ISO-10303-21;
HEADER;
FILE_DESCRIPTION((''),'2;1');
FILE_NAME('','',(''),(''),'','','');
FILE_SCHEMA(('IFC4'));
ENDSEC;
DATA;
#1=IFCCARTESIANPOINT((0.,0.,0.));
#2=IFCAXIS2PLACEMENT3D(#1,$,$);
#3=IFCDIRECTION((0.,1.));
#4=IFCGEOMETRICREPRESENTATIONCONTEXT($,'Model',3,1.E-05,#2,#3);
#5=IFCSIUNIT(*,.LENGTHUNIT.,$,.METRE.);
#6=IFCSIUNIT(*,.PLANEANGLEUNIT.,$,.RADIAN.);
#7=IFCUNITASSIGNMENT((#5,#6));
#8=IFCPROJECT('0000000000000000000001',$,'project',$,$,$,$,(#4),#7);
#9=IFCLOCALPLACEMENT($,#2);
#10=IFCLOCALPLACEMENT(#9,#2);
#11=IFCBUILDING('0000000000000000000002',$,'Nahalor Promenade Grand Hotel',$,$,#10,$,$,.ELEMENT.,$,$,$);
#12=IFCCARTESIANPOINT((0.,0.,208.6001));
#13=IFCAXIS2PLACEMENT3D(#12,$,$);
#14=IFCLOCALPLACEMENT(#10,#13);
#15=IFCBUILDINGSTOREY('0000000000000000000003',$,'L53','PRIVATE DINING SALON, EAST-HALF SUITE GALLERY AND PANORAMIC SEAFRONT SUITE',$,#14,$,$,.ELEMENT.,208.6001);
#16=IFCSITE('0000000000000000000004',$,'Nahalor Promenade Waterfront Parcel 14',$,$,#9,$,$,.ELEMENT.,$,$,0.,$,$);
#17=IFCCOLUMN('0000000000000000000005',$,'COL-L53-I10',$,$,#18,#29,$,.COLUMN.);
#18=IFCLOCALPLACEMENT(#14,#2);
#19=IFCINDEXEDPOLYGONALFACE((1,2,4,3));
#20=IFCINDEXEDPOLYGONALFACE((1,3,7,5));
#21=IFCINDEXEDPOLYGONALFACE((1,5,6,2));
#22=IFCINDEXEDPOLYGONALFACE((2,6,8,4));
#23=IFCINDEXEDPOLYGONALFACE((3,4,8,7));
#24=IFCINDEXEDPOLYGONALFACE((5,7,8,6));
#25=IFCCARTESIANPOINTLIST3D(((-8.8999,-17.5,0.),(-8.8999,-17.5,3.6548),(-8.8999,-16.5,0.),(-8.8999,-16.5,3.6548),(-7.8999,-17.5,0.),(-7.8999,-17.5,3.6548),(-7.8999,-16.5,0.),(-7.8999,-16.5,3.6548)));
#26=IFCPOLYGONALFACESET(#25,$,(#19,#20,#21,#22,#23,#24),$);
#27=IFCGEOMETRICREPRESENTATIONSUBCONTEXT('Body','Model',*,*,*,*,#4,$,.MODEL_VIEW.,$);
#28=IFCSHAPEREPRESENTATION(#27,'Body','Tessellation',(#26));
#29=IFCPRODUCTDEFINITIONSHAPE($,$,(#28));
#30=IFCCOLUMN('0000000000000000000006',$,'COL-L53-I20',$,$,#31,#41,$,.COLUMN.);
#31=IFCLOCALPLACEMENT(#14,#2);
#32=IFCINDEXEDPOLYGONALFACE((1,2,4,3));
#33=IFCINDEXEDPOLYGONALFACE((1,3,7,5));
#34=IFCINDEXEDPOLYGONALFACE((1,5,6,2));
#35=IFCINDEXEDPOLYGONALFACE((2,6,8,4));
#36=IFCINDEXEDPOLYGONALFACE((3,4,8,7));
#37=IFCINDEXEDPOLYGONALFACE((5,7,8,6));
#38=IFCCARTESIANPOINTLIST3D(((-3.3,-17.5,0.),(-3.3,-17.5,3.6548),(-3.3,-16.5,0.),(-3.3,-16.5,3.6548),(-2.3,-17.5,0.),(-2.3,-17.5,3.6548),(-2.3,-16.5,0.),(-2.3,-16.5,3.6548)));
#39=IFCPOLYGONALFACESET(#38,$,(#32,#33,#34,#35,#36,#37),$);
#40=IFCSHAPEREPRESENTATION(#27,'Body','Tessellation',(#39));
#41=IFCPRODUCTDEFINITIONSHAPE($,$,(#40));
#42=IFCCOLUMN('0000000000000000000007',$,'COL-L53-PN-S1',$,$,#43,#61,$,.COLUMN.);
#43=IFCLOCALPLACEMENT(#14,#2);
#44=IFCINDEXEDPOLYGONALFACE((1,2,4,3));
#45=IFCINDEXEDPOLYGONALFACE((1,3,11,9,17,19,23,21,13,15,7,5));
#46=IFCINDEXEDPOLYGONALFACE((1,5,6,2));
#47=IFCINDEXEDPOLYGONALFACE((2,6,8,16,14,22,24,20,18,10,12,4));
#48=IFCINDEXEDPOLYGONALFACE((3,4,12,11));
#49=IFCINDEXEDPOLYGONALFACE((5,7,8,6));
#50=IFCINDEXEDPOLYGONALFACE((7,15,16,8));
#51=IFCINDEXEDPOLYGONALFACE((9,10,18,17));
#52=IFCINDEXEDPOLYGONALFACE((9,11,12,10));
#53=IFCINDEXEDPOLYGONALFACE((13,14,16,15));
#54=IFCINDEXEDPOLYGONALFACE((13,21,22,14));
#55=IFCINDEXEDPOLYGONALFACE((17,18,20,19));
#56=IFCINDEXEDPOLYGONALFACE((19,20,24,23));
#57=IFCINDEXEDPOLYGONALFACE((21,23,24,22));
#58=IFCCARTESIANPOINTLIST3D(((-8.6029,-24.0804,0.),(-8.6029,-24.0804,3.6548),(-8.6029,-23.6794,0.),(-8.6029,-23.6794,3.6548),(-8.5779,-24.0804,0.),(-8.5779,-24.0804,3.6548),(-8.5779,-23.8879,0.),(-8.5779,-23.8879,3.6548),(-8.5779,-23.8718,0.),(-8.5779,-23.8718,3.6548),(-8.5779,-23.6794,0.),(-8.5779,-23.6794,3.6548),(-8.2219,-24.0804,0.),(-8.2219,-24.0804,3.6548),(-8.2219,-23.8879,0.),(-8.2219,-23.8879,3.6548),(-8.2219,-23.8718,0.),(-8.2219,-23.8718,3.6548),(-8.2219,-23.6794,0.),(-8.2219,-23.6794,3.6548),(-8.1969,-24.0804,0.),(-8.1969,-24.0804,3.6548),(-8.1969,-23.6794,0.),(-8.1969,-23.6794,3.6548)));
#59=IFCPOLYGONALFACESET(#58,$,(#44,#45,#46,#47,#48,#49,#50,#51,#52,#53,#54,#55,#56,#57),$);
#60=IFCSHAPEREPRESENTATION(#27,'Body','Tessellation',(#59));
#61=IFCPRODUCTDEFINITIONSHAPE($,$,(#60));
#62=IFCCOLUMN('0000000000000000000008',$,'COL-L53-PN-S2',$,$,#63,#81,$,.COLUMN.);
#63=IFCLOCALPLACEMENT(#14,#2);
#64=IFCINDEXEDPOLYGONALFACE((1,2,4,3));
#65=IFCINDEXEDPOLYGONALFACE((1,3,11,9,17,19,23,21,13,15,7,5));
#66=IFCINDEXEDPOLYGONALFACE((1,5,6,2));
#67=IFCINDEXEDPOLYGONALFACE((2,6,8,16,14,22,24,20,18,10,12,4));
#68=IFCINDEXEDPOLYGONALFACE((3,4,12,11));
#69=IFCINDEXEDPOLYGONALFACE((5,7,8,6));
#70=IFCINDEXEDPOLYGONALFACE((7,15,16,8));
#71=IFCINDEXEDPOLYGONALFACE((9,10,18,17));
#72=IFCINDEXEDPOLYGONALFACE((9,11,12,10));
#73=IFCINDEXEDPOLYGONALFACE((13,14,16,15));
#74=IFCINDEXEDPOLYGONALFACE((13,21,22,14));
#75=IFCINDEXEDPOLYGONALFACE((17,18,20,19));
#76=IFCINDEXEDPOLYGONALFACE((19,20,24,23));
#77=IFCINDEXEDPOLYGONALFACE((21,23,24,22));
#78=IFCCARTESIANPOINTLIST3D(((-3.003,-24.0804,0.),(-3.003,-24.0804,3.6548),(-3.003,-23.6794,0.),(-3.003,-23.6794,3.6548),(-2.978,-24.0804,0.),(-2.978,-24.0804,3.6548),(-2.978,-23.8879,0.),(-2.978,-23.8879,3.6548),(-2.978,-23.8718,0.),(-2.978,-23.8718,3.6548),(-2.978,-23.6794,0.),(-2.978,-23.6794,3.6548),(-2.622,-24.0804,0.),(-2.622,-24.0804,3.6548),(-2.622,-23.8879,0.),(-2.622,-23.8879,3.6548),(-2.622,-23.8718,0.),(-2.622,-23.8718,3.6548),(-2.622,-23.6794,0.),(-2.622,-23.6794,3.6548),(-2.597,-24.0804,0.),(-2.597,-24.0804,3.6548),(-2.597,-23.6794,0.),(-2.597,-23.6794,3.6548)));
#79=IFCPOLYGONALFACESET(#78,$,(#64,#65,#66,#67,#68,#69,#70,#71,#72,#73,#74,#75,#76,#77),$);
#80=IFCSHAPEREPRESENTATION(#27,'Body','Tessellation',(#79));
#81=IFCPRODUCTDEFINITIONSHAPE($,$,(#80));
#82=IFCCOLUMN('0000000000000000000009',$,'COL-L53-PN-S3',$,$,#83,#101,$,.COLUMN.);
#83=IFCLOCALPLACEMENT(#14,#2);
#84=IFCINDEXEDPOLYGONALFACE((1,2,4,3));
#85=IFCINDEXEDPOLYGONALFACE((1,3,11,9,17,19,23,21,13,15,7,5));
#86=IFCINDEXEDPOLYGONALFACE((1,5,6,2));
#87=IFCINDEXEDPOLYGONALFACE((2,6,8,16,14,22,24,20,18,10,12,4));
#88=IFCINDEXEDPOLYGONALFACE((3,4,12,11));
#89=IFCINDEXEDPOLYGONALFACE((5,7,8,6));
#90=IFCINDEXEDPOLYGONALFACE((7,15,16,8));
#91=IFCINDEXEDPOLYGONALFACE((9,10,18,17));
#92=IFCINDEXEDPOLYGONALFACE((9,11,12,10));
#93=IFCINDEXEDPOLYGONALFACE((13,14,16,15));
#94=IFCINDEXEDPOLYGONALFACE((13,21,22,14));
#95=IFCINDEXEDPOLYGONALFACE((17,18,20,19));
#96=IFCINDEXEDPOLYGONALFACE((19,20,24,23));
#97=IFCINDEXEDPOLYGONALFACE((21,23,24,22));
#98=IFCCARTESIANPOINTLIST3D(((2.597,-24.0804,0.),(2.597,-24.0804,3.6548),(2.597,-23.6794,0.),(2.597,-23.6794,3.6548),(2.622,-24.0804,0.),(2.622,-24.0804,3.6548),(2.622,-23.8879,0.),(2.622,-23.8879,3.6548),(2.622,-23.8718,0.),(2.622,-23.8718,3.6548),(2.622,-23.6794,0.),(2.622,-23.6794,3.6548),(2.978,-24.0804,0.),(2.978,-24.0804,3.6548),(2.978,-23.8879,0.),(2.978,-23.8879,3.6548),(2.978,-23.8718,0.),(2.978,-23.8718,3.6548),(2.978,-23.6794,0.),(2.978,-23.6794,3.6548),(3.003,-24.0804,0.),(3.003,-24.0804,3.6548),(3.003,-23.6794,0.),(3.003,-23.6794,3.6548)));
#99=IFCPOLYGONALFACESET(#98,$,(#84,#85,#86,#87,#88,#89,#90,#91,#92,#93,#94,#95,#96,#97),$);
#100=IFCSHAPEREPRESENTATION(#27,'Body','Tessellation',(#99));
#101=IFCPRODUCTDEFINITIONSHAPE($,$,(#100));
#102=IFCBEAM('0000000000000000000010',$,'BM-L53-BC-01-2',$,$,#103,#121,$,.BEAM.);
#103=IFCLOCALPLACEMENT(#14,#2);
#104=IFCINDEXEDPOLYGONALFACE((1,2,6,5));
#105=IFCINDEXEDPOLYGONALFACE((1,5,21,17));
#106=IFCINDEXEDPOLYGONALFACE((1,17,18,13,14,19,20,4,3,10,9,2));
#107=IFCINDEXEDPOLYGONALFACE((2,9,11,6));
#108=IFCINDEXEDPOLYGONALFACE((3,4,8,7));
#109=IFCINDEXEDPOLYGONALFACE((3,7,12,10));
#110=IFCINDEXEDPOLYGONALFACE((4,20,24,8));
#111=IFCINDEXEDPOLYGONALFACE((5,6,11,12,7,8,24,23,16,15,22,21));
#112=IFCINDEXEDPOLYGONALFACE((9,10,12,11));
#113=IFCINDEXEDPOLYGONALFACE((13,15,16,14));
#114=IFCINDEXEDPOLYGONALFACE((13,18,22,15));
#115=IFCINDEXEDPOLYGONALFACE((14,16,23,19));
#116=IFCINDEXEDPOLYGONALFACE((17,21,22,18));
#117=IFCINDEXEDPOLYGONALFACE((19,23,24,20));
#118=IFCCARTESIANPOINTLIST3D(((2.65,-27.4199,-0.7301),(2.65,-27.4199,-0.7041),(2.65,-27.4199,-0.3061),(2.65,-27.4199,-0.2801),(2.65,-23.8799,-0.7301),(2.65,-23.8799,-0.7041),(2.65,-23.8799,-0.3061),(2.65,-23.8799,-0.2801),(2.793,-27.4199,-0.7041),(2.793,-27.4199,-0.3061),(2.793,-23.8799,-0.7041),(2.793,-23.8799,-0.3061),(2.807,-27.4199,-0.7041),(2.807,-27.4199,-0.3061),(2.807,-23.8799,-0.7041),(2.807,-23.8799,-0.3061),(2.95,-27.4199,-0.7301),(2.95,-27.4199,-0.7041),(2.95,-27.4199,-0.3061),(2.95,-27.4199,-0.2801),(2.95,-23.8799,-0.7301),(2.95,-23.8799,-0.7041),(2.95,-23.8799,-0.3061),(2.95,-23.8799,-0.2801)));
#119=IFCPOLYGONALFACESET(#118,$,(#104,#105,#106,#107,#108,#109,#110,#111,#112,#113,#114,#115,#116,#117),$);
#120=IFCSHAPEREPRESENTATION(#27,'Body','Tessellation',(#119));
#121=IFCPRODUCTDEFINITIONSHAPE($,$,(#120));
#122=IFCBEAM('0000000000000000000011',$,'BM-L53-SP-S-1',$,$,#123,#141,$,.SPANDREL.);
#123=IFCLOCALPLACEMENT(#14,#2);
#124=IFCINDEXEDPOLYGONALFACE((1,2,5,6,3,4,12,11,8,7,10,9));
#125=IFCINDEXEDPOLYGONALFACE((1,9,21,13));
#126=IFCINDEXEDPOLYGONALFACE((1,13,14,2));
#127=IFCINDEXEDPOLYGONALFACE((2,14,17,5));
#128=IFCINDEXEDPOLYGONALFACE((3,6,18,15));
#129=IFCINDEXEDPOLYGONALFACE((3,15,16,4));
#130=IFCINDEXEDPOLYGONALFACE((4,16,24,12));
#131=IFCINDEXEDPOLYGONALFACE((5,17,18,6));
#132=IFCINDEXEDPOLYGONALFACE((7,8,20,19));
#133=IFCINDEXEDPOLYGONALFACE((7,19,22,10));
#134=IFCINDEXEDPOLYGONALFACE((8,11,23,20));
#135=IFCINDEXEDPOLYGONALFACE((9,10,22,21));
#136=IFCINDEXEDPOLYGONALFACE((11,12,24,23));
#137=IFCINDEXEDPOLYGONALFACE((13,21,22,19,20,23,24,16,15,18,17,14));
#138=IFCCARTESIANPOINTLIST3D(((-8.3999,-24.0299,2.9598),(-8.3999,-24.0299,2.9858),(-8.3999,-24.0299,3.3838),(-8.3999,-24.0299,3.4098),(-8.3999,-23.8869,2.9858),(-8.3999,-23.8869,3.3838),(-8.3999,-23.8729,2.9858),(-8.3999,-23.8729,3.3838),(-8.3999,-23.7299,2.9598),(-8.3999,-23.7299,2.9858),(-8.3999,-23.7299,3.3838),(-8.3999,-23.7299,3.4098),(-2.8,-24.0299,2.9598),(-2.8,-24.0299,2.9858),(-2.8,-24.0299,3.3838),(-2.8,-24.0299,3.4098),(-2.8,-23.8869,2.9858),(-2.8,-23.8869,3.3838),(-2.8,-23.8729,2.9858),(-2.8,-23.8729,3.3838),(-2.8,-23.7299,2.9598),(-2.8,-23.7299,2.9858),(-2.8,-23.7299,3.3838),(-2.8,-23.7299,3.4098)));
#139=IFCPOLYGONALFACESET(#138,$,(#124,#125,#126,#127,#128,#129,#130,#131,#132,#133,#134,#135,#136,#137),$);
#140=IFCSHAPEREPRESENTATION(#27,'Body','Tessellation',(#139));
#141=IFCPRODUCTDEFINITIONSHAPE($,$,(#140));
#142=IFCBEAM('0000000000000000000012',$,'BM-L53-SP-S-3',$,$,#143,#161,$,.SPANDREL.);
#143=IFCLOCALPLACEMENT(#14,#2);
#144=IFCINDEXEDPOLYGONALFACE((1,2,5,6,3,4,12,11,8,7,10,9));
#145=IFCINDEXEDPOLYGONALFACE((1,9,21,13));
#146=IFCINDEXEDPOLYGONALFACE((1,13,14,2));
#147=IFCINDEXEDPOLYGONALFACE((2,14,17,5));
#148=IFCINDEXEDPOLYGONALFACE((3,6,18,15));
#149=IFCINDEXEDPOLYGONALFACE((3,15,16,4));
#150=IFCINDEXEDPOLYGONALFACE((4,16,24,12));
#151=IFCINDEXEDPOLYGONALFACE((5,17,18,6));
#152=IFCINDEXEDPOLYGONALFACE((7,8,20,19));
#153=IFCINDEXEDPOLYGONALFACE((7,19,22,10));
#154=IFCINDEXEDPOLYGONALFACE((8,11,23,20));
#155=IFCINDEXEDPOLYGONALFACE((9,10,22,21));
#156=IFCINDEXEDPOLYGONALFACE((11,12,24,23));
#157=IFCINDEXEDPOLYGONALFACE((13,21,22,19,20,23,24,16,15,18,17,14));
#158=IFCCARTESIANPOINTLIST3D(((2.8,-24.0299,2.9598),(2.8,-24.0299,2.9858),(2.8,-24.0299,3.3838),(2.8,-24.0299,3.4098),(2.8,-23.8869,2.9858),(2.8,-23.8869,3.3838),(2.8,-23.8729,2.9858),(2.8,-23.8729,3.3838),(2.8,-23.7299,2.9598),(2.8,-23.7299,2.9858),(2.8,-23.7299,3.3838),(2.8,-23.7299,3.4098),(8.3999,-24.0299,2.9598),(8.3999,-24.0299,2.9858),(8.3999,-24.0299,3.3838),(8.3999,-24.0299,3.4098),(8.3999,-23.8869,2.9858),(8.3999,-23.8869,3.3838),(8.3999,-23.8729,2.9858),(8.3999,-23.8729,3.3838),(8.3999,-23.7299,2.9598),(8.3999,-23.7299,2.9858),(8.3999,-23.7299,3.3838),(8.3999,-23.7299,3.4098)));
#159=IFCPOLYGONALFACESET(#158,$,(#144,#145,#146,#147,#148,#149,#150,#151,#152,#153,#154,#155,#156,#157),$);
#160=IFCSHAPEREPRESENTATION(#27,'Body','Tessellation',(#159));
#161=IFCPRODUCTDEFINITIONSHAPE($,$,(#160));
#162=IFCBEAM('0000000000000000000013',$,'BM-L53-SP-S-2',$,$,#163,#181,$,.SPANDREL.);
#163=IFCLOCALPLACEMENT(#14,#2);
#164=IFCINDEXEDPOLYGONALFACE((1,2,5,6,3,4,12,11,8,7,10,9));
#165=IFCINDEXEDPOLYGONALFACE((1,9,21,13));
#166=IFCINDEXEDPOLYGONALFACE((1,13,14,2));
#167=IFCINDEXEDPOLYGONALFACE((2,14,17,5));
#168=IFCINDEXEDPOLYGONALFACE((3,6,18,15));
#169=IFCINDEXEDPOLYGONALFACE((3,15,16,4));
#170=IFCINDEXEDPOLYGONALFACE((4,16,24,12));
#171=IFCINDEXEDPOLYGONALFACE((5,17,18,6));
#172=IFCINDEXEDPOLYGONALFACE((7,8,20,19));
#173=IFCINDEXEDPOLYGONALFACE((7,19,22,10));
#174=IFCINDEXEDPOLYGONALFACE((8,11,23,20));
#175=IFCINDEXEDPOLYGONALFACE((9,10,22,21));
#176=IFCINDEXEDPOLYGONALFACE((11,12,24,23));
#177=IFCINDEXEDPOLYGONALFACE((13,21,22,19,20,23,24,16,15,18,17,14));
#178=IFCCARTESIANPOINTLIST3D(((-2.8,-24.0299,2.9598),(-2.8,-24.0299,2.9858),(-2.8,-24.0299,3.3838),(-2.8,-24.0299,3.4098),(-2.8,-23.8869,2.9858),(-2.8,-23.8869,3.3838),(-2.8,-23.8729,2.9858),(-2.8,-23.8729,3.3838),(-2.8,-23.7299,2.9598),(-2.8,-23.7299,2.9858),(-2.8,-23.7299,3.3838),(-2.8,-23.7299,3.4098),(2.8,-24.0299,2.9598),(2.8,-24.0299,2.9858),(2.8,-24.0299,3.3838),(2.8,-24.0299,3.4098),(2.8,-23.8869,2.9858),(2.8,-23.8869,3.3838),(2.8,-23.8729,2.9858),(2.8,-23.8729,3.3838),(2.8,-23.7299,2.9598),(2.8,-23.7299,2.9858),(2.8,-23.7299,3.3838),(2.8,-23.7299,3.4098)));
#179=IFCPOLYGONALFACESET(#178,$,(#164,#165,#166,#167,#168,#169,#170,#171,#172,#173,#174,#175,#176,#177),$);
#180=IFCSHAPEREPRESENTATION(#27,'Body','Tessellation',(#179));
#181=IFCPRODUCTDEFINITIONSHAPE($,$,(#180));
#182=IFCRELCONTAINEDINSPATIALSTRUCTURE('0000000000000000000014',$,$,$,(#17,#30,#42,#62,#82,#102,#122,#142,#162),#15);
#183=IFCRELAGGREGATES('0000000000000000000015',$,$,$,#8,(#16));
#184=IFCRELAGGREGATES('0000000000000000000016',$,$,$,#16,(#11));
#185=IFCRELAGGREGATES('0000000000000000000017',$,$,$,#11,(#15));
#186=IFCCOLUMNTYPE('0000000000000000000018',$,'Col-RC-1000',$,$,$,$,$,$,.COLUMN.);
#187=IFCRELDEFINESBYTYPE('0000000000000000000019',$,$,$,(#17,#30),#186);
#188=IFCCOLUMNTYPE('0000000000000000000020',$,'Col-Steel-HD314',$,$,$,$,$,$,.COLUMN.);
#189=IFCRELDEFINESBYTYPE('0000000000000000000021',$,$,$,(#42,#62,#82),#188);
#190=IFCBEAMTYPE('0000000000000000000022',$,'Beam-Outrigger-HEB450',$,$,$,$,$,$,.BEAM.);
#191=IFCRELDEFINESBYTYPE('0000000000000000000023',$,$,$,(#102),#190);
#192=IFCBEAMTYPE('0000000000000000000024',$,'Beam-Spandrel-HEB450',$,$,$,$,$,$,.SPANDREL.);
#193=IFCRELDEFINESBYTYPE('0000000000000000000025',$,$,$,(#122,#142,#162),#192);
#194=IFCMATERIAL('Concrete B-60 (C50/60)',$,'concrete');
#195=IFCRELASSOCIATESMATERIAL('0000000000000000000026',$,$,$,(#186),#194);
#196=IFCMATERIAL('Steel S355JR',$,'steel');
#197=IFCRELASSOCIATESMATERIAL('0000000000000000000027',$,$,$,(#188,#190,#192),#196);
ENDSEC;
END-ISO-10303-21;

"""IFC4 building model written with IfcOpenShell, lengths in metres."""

from ifc_helpers import new_model, si_unit, direction, frame, origin, origin_2d, place, context, subcontext, project, spatial, rectangle, i_section, extrude, source, transform, mapped, material, material_profile, profile_set, type_object, element, save


model = new_model("IFC4")

# Units and contexts
model_context = context("Model", 3, precision=1e-05, world=origin(), true_north=direction((0.0, 1.0)))
body_context = subcontext(model_context, "Body", "Model", "MODEL_VIEW")
ifc_project = project(units=[si_unit("LENGTHUNIT", "METRE"), si_unit("PLANEANGLEUNIT", "RADIAN")], contexts=[model_context])

# Site, building, storey
site_placement = place(None, origin())
site = spatial("IfcSite", under=ifc_project, at=site_placement, Name="Nahalor Promenade Waterfront Parcel 14", CompositionType="ELEMENT", RefElevation=0.0)
building_placement = place(site_placement, origin())
building = spatial("IfcBuilding", under=site, at=building_placement, Name="Nahalor Promenade Grand Hotel", CompositionType="ELEMENT")
storey_placement = place(building_placement, frame((0.0, 0.0, 208.6001)))
storey = spatial("IfcBuildingStorey", under=building, at=storey_placement, Name="L53", Description="PRIVATE DINING SALON, EAST-HALF SUITE GALLERY AND PANORAMIC SEAFRONT SUITE", CompositionType="ELEMENT", Elevation=208.6001)

# Columns
ifc_material_1 = material(Name="Concrete B-60 (C50/60)", Category="concrete")
ifc_material_profile_1 = material_profile(ifc_material_1, rectangle(XDim=1.0, YDim=1.0, at=origin_2d()), Name="RC 1000x1000")
ifc_profile_set_1 = profile_set([ifc_material_profile_1], Name="Concrete B-60 (C50/60)")
column_type_1 = type_object("IfcColumnType", Name="Col-RC-1000", PredefinedType="COLUMN", material=ifc_profile_set_1)
shared_shape_1 = source(origin(), body_context, "Body", "SweptSolid", [
    extrude(rectangle(XDim=1.0, YDim=1.0, at=origin_2d()), origin(), (0.0, 0.0, 1.0), 3.6548),
])
for number, where, z_axis, x_axis, name in (
    (1, (-8.3999, -17.0, 0.0), (0.0, 0.0, 1.0), (1.0, 0.0, 0.0), "COL-L53-I10"),
    (2, (-2.8, -17.0, 0.0), (0.0, 0.0, 1.0), (1.0, 0.0, 0.0), "COL-L53-I20"),
):
    element("IfcColumn", number, at=place(storey_placement, frame(where, z_axis=z_axis, x_axis=x_axis)), inside=storey, type_object=column_type_1, Name=name, PredefinedType="COLUMN", context=body_context, shape_type="MappedRepresentation", body=[
        mapped(shared_shape_1, transform((0.0, 0.0, 0.0), scale=1.0)),
    ])
ifc_material_2 = material(Name="Steel S355JR", Category="steel")
ifc_material_profile_2 = material_profile(ifc_material_2, i_section(OverallWidth=0.401, OverallDepth=0.406, WebThickness=0.0161, FlangeThickness=0.025, at=origin_2d()), Name="HD 400x314")
ifc_profile_set_2 = profile_set([ifc_material_profile_2], Name="Steel S355JR")
column_type_2 = type_object("IfcColumnType", Name="Col-Steel-HD314", PredefinedType="COLUMN", material=ifc_profile_set_2)
shared_shape_2 = source(origin(), body_context, "Body", "SweptSolid", [
    extrude(i_section(OverallWidth=0.401, OverallDepth=0.406, WebThickness=0.0161, FlangeThickness=0.025, at=origin_2d()), origin(), (0.0, 0.0, 1.0), 3.6548),
])
for number, where, z_axis, x_axis, name in (
    (3, (-8.3999, -23.8799, 0.0), (0.0, 0.0, 1.0), (0.0, 1.0, 0.0), "COL-L53-PN-S1"),
    (4, (-2.8, -23.8799, 0.0), (0.0, 0.0, 1.0), (0.0, 1.0, 0.0), "COL-L53-PN-S2"),
    (5, (2.8, -23.8799, 0.0), (0.0, 0.0, 1.0), (0.0, 1.0, 0.0), "COL-L53-PN-S3"),
):
    element("IfcColumn", number, at=place(storey_placement, frame(where, z_axis=z_axis, x_axis=x_axis)), inside=storey, type_object=column_type_2, Name=name, PredefinedType="COLUMN", context=body_context, shape_type="MappedRepresentation", body=[
        mapped(shared_shape_2, transform((0.0, 0.0, 0.0), scale=1.0)),
    ])

# Beams
ifc_material_profile_3 = material_profile(ifc_material_2, i_section(OverallWidth=0.3, OverallDepth=0.45, WebThickness=0.014, FlangeThickness=0.026, at=origin_2d()), Name="HEB 450")
ifc_profile_set_3 = profile_set([ifc_material_profile_3], Name="Steel S355JR")
beam_type_1 = type_object("IfcBeamType", Name="Beam-Outrigger-HEB450", PredefinedType="BEAM", material=ifc_profile_set_3)
shared_shape_3 = source(origin(), body_context, "Body", "SweptSolid", [
    extrude(i_section(OverallWidth=0.3, OverallDepth=0.45, WebThickness=0.014, FlangeThickness=0.026, at=origin_2d()), origin(), (0.0, 0.0, 1.0), 3.54),
])
beam_1_placement = place(storey_placement, frame((2.8, -27.4199, -0.5051), z_axis=(0.0, 1.0, 0.0), x_axis=(-1.0, 0.0, 0.0)))
element("IfcBeam", 6, at=beam_1_placement, inside=storey, type_object=beam_type_1, Name="BM-L53-BC-01-2", PredefinedType="BEAM", context=body_context, shape_type="MappedRepresentation", body=[
    mapped(shared_shape_3, transform((0.0, 0.0, 0.0), scale=1.0)),
])
ifc_material_profile_4 = material_profile(ifc_material_2, i_section(OverallWidth=0.3, OverallDepth=0.45, WebThickness=0.014, FlangeThickness=0.026, at=origin_2d()), Name="HEB 450")
ifc_profile_set_4 = profile_set([ifc_material_profile_4], Name="Steel S355JR")
beam_type_2 = type_object("IfcBeamType", Name="Beam-Spandrel-HEB450", PredefinedType="SPANDREL", material=ifc_profile_set_4)
shared_shape_4 = source(origin(), body_context, "Body", "SweptSolid", [
    extrude(i_section(OverallWidth=0.3, OverallDepth=0.45, WebThickness=0.014, FlangeThickness=0.026, at=origin_2d()), origin(), (0.0, 0.0, 1.0), 5.5999),
])
for number, where, z_axis, x_axis, name in (
    (7, (-8.3999, -23.8799, 3.1848), (1.0, 0.0, 0.0), (0.0, 1.0, 0.0), "BM-L53-SP-S-1"),
    (8, (2.8, -23.8799, 3.1848), (1.0, 0.0, 0.0), (0.0, 1.0, 0.0), "BM-L53-SP-S-3"),
):
    element("IfcBeam", number, at=place(storey_placement, frame(where, z_axis=z_axis, x_axis=x_axis)), inside=storey, type_object=beam_type_2, Name=name, PredefinedType="SPANDREL", context=body_context, shape_type="MappedRepresentation", body=[
        mapped(shared_shape_4, transform((0.0, 0.0, 0.0), scale=1.0)),
    ])
shared_shape_5 = source(origin(), body_context, "Body", "SweptSolid", [
    extrude(i_section(OverallWidth=0.3, OverallDepth=0.45, WebThickness=0.014, FlangeThickness=0.026, at=origin_2d()), origin(), (0.0, 0.0, 1.0), 5.6001),
])
beam_2_placement = place(storey_placement, frame((-2.8, -23.8799, 3.1848), z_axis=(1.0, 0.0, 0.0), x_axis=(0.0, 1.0, 0.0)))
element("IfcBeam", 9, at=beam_2_placement, inside=storey, type_object=beam_type_2, Name="BM-L53-SP-S-2", PredefinedType="SPANDREL", context=body_context, shape_type="MappedRepresentation", body=[
    mapped(shared_shape_5, transform((0.0, 0.0, 0.0), scale=1.0)),
])

save(model, "model.ifc")
